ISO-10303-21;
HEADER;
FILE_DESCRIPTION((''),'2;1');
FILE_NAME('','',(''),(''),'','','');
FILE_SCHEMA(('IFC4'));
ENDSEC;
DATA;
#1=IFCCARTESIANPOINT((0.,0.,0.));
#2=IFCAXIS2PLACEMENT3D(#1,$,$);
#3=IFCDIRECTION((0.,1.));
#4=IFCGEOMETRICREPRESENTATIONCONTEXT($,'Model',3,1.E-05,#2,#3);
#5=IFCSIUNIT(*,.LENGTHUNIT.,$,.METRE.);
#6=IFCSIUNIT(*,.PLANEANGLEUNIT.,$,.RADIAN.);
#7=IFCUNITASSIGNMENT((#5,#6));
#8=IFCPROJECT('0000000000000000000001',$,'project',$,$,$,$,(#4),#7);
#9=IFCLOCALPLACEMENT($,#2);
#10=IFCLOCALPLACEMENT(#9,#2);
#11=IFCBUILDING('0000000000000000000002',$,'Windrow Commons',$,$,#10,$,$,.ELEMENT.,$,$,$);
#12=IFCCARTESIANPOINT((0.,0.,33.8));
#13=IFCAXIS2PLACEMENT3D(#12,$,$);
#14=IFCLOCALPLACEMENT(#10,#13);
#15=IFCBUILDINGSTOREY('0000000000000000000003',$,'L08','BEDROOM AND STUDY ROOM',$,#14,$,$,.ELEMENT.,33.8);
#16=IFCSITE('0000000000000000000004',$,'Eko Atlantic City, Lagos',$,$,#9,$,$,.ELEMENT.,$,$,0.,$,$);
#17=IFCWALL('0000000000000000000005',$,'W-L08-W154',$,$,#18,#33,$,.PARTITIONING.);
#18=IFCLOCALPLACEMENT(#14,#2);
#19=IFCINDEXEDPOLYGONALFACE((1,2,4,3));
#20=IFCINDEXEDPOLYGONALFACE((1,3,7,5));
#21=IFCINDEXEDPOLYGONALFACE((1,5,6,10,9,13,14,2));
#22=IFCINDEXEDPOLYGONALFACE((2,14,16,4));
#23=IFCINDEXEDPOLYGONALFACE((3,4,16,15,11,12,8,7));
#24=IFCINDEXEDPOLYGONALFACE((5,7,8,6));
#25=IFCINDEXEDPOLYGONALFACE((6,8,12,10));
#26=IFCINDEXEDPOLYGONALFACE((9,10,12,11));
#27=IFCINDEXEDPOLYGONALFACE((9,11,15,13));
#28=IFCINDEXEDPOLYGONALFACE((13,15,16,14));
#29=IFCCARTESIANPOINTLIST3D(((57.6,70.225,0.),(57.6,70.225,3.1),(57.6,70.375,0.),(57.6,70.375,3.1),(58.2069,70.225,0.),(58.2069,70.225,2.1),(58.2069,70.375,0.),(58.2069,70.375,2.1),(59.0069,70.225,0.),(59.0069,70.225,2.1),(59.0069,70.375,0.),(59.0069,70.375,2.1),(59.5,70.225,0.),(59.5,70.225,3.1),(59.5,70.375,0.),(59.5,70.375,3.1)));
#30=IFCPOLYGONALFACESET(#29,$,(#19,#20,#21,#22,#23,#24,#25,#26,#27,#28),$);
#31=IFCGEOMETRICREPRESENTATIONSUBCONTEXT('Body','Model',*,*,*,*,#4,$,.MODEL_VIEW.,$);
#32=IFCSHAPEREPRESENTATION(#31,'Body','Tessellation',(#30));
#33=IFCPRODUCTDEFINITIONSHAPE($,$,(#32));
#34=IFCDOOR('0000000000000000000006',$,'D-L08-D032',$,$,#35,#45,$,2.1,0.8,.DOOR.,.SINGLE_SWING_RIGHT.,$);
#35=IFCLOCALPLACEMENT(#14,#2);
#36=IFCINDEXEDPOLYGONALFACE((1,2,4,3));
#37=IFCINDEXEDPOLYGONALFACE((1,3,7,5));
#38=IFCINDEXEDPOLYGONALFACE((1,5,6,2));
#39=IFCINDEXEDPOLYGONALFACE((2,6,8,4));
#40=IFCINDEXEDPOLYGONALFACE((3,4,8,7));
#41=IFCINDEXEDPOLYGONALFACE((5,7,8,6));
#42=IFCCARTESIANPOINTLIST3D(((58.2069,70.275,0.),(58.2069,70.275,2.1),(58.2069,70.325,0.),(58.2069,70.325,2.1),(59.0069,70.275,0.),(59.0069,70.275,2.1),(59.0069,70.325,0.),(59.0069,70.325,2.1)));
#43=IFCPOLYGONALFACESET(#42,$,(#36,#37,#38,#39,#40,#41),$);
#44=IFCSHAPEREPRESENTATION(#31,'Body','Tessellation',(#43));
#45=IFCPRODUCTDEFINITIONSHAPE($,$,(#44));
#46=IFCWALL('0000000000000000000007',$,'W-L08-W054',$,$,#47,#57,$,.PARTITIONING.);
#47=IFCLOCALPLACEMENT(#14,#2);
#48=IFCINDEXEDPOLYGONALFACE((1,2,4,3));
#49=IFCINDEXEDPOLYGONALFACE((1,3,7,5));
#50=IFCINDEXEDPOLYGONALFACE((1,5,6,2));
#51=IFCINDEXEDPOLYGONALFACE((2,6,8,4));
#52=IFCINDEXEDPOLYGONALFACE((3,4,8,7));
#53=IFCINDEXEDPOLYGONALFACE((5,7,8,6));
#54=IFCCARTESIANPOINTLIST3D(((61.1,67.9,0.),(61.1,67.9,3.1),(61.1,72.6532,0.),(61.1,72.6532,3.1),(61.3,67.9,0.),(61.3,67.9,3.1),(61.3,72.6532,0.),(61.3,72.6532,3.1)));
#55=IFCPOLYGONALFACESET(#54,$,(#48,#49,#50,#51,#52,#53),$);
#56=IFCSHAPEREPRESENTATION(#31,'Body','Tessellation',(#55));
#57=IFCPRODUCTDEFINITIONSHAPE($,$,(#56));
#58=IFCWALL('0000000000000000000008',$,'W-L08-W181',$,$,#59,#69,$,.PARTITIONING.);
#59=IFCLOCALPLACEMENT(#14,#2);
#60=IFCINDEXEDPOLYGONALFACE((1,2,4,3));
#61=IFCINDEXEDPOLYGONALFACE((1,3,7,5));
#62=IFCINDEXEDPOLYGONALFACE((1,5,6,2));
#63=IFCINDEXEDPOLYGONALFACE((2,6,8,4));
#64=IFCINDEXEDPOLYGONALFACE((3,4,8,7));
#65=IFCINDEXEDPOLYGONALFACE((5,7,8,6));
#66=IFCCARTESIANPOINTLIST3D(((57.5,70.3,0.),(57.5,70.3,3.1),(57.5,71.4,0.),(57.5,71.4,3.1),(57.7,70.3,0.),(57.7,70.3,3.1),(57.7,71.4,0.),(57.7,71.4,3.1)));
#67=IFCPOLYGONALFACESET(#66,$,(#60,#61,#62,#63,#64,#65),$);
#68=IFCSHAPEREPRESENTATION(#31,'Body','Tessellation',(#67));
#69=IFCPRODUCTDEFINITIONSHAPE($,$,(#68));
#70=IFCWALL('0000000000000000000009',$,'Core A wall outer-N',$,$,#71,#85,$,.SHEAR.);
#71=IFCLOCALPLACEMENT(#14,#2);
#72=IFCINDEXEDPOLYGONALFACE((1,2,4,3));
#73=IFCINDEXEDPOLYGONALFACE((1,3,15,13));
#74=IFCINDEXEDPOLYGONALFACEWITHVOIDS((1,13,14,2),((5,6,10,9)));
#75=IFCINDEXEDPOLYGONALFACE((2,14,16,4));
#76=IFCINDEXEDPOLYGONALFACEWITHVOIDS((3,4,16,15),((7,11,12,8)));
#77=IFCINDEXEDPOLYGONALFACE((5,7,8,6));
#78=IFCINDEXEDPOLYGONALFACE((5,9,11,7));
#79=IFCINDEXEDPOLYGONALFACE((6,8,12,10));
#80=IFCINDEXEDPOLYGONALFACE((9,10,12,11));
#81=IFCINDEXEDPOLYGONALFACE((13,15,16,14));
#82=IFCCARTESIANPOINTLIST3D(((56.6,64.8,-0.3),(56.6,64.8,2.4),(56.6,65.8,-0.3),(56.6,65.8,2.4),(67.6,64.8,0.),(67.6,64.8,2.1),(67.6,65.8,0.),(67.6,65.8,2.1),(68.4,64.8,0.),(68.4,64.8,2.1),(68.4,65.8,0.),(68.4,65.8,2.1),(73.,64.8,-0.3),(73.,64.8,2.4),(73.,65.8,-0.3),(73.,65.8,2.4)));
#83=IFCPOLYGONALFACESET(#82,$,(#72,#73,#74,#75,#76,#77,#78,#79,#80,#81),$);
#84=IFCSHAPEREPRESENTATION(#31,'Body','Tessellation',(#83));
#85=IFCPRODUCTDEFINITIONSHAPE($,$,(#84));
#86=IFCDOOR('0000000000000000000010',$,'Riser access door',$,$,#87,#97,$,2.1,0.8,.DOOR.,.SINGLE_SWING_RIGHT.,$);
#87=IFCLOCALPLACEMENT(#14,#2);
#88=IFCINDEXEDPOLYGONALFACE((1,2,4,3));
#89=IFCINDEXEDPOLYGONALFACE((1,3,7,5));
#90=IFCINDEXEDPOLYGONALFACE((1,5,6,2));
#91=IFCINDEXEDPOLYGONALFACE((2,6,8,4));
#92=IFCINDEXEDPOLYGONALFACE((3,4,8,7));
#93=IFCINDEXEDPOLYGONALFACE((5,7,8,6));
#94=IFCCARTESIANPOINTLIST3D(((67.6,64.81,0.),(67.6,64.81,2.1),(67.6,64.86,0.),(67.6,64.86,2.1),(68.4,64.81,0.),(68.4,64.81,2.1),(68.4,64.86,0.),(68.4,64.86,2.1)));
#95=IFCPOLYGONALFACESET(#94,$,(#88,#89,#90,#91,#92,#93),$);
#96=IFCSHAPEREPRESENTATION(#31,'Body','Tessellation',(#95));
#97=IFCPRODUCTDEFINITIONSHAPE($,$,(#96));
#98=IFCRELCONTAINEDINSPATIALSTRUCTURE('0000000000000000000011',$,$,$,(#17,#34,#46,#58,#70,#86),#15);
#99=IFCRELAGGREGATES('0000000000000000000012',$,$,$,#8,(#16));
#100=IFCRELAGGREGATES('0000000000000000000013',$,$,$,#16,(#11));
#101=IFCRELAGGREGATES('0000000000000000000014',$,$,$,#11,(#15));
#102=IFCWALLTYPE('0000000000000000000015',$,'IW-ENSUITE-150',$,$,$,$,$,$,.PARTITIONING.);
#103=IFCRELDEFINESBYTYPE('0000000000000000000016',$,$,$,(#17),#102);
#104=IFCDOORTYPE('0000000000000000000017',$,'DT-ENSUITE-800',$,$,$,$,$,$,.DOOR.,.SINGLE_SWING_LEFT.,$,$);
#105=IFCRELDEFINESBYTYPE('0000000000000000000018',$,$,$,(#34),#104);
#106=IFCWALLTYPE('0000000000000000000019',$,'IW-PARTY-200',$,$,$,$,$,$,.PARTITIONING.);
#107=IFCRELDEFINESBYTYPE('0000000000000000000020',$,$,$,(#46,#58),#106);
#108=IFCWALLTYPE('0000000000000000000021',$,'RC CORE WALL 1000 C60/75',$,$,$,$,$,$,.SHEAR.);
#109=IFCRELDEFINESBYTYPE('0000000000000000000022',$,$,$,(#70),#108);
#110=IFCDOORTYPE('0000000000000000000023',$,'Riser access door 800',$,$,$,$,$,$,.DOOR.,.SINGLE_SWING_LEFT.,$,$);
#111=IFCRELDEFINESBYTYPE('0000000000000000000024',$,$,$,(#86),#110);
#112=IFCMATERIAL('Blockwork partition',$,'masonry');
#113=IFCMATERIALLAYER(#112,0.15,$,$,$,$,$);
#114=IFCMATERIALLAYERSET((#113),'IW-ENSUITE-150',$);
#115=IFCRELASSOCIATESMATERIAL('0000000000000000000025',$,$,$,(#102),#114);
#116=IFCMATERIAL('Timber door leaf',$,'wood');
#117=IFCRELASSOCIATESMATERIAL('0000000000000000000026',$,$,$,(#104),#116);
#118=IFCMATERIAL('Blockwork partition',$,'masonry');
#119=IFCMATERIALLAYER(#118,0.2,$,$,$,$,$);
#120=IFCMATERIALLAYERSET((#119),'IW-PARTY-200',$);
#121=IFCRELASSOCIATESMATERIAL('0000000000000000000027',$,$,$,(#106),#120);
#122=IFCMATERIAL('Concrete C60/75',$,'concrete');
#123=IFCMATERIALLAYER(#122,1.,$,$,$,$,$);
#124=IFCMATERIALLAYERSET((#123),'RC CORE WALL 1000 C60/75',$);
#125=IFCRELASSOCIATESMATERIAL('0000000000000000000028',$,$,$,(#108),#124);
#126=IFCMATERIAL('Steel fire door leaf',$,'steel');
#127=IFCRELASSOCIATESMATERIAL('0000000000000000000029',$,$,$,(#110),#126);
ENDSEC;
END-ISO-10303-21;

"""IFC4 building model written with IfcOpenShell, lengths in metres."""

from ifc_helpers import new_model, si_unit, direction, frame, frame_2d, origin, place, context, subcontext, project, spatial, rectangle, extrude, material, layer, layer_set, type_object, element, fill, save


model = new_model("IFC4")

# Units and contexts
model_context = context("Model", 3, precision=1e-05, world=origin(), true_north=direction((0.0, 1.0)))
body_context = subcontext(model_context, "Body", "Model", "MODEL_VIEW")
ifc_project = project(units=[si_unit("LENGTHUNIT", "METRE"), si_unit("PLANEANGLEUNIT", "RADIAN")], contexts=[model_context])

# Site, building, storey
site_placement = place(None, origin())
site = spatial("IfcSite", under=ifc_project, at=site_placement, Name="Eko Atlantic City, Lagos", CompositionType="ELEMENT", RefElevation=0.0)
building_placement = place(site_placement, origin())
building = spatial("IfcBuilding", under=site, at=building_placement, Name="Windrow Commons", CompositionType="ELEMENT")
storey_placement = place(building_placement, frame((0.0, 0.0, 33.8)))
storey = spatial("IfcBuildingStorey", under=building, at=storey_placement, Name="L08", Description="BEDROOM AND STUDY ROOM", CompositionType="ELEMENT", Elevation=33.8)

# Shared definitions
ifc_material_1 = material(Name="Blockwork partition", Category="masonry")
ifc_layer_1 = layer(ifc_material_1, 0.15)
ifc_layer_set_1 = layer_set([ifc_layer_1], Name="IW-ENSUITE-150")
wall_type_1 = type_object("IfcWallType", Name="IW-ENSUITE-150", PredefinedType="PARTITIONING", material=ifc_layer_set_1)

# Wall, opening, door
wall_1_placement = place(storey_placement, frame((57.6, 70.3, 0.0), z_axis=(0.0, 0.0, 1.0), x_axis=(1.0, 0.0, 0.0)))
wall_1 = element("IfcWall", 1, at=wall_1_placement, inside=storey, type_object=wall_type_1, Name="W-L08-W154", PredefinedType="PARTITIONING", context=body_context, shape_type="SweptSolid", body=[
    extrude(rectangle(XDim=1.9, YDim=0.15, at=frame_2d((0.95, 0.0))), origin(), (0.0, 0.0, 1.0), 3.1),
])
opening_1_placement = place(wall_1_placement, frame((0.6069, 0.0, 0.0)))
opening_1 = element("IfcOpeningElement", 2, at=opening_1_placement, cuts=wall_1, PredefinedType="OPENING", context=body_context, shape_type="SweptSolid", body=[
    extrude(rectangle(XDim=0.8, YDim=2.1, at=frame_2d((0.4, 1.05))), frame((0.0, 0.085, 0.0), z_axis=(0.0, -1.0, 0.0), x_axis=(1.0, 0.0, 0.0)), (0.0, 0.0, 1.0), 0.17),
])
ifc_material_2 = material(Name="Timber door leaf", Category="wood")
door_type_1 = type_object("IfcDoorType", Name="DT-ENSUITE-800", OperationType="SINGLE_SWING_LEFT", PredefinedType="DOOR", material=ifc_material_2)
door_1_placement = place(opening_1_placement, origin())
door_1 = element("IfcDoor", 3, at=door_1_placement, inside=storey, type_object=door_type_1, Name="D-L08-D032", OperationType="SINGLE_SWING_RIGHT", OverallHeight=2.1, OverallWidth=0.8, PredefinedType="DOOR", context=body_context, shape_type="SweptSolid", body=[
    extrude(rectangle(XDim=0.8, YDim=2.1, at=frame_2d((0.4, 1.05))), frame((0.0, 0.025, 0.0), z_axis=(0.0, -1.0, 0.0), x_axis=(1.0, 0.0, 0.0)), (0.0, 0.0, 1.0), 0.05),
])
fill(opening_1, door_1)

# Walls
ifc_material_3 = material(Name="Blockwork partition", Category="masonry")
ifc_layer_2 = layer(ifc_material_3, 0.2)
ifc_layer_set_2 = layer_set([ifc_layer_2], Name="IW-PARTY-200")
wall_type_2 = type_object("IfcWallType", Name="IW-PARTY-200", PredefinedType="PARTITIONING", material=ifc_layer_set_2)
wall_2_placement = place(storey_placement, frame((61.2, 67.9, 0.0), z_axis=(0.0, 0.0, 1.0), x_axis=(0.0, 1.0, 0.0)))
element("IfcWall", 4, at=wall_2_placement, inside=storey, type_object=wall_type_2, Name="W-L08-W054", PredefinedType="PARTITIONING", context=body_context, shape_type="SweptSolid", body=[
    extrude(rectangle(XDim=4.7532, YDim=0.2, at=frame_2d((2.3766, 0.0))), origin(), (0.0, 0.0, 1.0), 3.1),
])
wall_3_placement = place(storey_placement, frame((57.6, 70.3, 0.0), z_axis=(0.0, 0.0, 1.0), x_axis=(0.0, 1.0, 0.0)))
element("IfcWall", 5, at=wall_3_placement, inside=storey, type_object=wall_type_2, Name="W-L08-W181", PredefinedType="PARTITIONING", context=body_context, shape_type="SweptSolid", body=[
    extrude(rectangle(XDim=1.1, YDim=0.2, at=frame_2d((0.55, 0.0))), origin(), (0.0, 0.0, 1.0), 3.1),
])

# Wall, opening, door
ifc_material_4 = material(Name="Concrete C60/75", Category="concrete")
ifc_layer_3 = layer(ifc_material_4, 1.0)
ifc_layer_set_3 = layer_set([ifc_layer_3], Name="RC CORE WALL 1000 C60/75")
wall_type_3 = type_object("IfcWallType", Name="RC CORE WALL 1000 C60/75", PredefinedType="SHEAR", material=ifc_layer_set_3)
wall_4_placement = place(storey_placement, frame((56.6, 65.3, -0.3), z_axis=(0.0, 0.0, 1.0), x_axis=(1.0, 0.0, 0.0)))
wall_4 = element("IfcWall", 6, at=wall_4_placement, inside=storey, type_object=wall_type_3, Name="Core A wall outer-N", PredefinedType="SHEAR", context=body_context, shape_type="SweptSolid", body=[
    extrude(rectangle(XDim=16.4, YDim=1.0, at=frame_2d((8.2, 0.0))), origin(), (0.0, 0.0, 1.0), 2.7),
])
opening_2_placement = place(wall_4_placement, frame((11.0, 0.0, 0.3)))
opening_2 = element("IfcOpeningElement", 7, at=opening_2_placement, cuts=wall_4, PredefinedType="OPENING", context=body_context, shape_type="SweptSolid", body=[
    extrude(rectangle(XDim=0.8, YDim=2.1, at=frame_2d((0.4, 1.05))), frame((0.0, 0.51, 0.0), z_axis=(0.0, -1.0, 0.0), x_axis=(1.0, 0.0, 0.0)), (0.0, 0.0, 1.0), 1.02),
])
ifc_material_5 = material(Name="Steel fire door leaf", Category="steel")
door_type_2 = type_object("IfcDoorType", Name="Riser access door 800", OperationType="SINGLE_SWING_LEFT", PredefinedType="DOOR", material=ifc_material_5)
door_2_placement = place(opening_2_placement, origin())
door_2 = element("IfcDoor", 8, at=door_2_placement, inside=storey, type_object=door_type_2, Name="Riser access door", OperationType="SINGLE_SWING_RIGHT", OverallHeight=2.1, OverallWidth=0.8, PredefinedType="DOOR", context=body_context, shape_type="SweptSolid", body=[
    extrude(rectangle(XDim=0.8, YDim=2.1, at=frame_2d((0.4, 1.05))), frame((0.0, -0.44, 0.0), z_axis=(0.0, -1.0, 0.0), x_axis=(1.0, 0.0, 0.0)), (0.0, 0.0, 1.0), 0.05),
])
fill(opening_2, door_2)

save(model, "model.ifc")
